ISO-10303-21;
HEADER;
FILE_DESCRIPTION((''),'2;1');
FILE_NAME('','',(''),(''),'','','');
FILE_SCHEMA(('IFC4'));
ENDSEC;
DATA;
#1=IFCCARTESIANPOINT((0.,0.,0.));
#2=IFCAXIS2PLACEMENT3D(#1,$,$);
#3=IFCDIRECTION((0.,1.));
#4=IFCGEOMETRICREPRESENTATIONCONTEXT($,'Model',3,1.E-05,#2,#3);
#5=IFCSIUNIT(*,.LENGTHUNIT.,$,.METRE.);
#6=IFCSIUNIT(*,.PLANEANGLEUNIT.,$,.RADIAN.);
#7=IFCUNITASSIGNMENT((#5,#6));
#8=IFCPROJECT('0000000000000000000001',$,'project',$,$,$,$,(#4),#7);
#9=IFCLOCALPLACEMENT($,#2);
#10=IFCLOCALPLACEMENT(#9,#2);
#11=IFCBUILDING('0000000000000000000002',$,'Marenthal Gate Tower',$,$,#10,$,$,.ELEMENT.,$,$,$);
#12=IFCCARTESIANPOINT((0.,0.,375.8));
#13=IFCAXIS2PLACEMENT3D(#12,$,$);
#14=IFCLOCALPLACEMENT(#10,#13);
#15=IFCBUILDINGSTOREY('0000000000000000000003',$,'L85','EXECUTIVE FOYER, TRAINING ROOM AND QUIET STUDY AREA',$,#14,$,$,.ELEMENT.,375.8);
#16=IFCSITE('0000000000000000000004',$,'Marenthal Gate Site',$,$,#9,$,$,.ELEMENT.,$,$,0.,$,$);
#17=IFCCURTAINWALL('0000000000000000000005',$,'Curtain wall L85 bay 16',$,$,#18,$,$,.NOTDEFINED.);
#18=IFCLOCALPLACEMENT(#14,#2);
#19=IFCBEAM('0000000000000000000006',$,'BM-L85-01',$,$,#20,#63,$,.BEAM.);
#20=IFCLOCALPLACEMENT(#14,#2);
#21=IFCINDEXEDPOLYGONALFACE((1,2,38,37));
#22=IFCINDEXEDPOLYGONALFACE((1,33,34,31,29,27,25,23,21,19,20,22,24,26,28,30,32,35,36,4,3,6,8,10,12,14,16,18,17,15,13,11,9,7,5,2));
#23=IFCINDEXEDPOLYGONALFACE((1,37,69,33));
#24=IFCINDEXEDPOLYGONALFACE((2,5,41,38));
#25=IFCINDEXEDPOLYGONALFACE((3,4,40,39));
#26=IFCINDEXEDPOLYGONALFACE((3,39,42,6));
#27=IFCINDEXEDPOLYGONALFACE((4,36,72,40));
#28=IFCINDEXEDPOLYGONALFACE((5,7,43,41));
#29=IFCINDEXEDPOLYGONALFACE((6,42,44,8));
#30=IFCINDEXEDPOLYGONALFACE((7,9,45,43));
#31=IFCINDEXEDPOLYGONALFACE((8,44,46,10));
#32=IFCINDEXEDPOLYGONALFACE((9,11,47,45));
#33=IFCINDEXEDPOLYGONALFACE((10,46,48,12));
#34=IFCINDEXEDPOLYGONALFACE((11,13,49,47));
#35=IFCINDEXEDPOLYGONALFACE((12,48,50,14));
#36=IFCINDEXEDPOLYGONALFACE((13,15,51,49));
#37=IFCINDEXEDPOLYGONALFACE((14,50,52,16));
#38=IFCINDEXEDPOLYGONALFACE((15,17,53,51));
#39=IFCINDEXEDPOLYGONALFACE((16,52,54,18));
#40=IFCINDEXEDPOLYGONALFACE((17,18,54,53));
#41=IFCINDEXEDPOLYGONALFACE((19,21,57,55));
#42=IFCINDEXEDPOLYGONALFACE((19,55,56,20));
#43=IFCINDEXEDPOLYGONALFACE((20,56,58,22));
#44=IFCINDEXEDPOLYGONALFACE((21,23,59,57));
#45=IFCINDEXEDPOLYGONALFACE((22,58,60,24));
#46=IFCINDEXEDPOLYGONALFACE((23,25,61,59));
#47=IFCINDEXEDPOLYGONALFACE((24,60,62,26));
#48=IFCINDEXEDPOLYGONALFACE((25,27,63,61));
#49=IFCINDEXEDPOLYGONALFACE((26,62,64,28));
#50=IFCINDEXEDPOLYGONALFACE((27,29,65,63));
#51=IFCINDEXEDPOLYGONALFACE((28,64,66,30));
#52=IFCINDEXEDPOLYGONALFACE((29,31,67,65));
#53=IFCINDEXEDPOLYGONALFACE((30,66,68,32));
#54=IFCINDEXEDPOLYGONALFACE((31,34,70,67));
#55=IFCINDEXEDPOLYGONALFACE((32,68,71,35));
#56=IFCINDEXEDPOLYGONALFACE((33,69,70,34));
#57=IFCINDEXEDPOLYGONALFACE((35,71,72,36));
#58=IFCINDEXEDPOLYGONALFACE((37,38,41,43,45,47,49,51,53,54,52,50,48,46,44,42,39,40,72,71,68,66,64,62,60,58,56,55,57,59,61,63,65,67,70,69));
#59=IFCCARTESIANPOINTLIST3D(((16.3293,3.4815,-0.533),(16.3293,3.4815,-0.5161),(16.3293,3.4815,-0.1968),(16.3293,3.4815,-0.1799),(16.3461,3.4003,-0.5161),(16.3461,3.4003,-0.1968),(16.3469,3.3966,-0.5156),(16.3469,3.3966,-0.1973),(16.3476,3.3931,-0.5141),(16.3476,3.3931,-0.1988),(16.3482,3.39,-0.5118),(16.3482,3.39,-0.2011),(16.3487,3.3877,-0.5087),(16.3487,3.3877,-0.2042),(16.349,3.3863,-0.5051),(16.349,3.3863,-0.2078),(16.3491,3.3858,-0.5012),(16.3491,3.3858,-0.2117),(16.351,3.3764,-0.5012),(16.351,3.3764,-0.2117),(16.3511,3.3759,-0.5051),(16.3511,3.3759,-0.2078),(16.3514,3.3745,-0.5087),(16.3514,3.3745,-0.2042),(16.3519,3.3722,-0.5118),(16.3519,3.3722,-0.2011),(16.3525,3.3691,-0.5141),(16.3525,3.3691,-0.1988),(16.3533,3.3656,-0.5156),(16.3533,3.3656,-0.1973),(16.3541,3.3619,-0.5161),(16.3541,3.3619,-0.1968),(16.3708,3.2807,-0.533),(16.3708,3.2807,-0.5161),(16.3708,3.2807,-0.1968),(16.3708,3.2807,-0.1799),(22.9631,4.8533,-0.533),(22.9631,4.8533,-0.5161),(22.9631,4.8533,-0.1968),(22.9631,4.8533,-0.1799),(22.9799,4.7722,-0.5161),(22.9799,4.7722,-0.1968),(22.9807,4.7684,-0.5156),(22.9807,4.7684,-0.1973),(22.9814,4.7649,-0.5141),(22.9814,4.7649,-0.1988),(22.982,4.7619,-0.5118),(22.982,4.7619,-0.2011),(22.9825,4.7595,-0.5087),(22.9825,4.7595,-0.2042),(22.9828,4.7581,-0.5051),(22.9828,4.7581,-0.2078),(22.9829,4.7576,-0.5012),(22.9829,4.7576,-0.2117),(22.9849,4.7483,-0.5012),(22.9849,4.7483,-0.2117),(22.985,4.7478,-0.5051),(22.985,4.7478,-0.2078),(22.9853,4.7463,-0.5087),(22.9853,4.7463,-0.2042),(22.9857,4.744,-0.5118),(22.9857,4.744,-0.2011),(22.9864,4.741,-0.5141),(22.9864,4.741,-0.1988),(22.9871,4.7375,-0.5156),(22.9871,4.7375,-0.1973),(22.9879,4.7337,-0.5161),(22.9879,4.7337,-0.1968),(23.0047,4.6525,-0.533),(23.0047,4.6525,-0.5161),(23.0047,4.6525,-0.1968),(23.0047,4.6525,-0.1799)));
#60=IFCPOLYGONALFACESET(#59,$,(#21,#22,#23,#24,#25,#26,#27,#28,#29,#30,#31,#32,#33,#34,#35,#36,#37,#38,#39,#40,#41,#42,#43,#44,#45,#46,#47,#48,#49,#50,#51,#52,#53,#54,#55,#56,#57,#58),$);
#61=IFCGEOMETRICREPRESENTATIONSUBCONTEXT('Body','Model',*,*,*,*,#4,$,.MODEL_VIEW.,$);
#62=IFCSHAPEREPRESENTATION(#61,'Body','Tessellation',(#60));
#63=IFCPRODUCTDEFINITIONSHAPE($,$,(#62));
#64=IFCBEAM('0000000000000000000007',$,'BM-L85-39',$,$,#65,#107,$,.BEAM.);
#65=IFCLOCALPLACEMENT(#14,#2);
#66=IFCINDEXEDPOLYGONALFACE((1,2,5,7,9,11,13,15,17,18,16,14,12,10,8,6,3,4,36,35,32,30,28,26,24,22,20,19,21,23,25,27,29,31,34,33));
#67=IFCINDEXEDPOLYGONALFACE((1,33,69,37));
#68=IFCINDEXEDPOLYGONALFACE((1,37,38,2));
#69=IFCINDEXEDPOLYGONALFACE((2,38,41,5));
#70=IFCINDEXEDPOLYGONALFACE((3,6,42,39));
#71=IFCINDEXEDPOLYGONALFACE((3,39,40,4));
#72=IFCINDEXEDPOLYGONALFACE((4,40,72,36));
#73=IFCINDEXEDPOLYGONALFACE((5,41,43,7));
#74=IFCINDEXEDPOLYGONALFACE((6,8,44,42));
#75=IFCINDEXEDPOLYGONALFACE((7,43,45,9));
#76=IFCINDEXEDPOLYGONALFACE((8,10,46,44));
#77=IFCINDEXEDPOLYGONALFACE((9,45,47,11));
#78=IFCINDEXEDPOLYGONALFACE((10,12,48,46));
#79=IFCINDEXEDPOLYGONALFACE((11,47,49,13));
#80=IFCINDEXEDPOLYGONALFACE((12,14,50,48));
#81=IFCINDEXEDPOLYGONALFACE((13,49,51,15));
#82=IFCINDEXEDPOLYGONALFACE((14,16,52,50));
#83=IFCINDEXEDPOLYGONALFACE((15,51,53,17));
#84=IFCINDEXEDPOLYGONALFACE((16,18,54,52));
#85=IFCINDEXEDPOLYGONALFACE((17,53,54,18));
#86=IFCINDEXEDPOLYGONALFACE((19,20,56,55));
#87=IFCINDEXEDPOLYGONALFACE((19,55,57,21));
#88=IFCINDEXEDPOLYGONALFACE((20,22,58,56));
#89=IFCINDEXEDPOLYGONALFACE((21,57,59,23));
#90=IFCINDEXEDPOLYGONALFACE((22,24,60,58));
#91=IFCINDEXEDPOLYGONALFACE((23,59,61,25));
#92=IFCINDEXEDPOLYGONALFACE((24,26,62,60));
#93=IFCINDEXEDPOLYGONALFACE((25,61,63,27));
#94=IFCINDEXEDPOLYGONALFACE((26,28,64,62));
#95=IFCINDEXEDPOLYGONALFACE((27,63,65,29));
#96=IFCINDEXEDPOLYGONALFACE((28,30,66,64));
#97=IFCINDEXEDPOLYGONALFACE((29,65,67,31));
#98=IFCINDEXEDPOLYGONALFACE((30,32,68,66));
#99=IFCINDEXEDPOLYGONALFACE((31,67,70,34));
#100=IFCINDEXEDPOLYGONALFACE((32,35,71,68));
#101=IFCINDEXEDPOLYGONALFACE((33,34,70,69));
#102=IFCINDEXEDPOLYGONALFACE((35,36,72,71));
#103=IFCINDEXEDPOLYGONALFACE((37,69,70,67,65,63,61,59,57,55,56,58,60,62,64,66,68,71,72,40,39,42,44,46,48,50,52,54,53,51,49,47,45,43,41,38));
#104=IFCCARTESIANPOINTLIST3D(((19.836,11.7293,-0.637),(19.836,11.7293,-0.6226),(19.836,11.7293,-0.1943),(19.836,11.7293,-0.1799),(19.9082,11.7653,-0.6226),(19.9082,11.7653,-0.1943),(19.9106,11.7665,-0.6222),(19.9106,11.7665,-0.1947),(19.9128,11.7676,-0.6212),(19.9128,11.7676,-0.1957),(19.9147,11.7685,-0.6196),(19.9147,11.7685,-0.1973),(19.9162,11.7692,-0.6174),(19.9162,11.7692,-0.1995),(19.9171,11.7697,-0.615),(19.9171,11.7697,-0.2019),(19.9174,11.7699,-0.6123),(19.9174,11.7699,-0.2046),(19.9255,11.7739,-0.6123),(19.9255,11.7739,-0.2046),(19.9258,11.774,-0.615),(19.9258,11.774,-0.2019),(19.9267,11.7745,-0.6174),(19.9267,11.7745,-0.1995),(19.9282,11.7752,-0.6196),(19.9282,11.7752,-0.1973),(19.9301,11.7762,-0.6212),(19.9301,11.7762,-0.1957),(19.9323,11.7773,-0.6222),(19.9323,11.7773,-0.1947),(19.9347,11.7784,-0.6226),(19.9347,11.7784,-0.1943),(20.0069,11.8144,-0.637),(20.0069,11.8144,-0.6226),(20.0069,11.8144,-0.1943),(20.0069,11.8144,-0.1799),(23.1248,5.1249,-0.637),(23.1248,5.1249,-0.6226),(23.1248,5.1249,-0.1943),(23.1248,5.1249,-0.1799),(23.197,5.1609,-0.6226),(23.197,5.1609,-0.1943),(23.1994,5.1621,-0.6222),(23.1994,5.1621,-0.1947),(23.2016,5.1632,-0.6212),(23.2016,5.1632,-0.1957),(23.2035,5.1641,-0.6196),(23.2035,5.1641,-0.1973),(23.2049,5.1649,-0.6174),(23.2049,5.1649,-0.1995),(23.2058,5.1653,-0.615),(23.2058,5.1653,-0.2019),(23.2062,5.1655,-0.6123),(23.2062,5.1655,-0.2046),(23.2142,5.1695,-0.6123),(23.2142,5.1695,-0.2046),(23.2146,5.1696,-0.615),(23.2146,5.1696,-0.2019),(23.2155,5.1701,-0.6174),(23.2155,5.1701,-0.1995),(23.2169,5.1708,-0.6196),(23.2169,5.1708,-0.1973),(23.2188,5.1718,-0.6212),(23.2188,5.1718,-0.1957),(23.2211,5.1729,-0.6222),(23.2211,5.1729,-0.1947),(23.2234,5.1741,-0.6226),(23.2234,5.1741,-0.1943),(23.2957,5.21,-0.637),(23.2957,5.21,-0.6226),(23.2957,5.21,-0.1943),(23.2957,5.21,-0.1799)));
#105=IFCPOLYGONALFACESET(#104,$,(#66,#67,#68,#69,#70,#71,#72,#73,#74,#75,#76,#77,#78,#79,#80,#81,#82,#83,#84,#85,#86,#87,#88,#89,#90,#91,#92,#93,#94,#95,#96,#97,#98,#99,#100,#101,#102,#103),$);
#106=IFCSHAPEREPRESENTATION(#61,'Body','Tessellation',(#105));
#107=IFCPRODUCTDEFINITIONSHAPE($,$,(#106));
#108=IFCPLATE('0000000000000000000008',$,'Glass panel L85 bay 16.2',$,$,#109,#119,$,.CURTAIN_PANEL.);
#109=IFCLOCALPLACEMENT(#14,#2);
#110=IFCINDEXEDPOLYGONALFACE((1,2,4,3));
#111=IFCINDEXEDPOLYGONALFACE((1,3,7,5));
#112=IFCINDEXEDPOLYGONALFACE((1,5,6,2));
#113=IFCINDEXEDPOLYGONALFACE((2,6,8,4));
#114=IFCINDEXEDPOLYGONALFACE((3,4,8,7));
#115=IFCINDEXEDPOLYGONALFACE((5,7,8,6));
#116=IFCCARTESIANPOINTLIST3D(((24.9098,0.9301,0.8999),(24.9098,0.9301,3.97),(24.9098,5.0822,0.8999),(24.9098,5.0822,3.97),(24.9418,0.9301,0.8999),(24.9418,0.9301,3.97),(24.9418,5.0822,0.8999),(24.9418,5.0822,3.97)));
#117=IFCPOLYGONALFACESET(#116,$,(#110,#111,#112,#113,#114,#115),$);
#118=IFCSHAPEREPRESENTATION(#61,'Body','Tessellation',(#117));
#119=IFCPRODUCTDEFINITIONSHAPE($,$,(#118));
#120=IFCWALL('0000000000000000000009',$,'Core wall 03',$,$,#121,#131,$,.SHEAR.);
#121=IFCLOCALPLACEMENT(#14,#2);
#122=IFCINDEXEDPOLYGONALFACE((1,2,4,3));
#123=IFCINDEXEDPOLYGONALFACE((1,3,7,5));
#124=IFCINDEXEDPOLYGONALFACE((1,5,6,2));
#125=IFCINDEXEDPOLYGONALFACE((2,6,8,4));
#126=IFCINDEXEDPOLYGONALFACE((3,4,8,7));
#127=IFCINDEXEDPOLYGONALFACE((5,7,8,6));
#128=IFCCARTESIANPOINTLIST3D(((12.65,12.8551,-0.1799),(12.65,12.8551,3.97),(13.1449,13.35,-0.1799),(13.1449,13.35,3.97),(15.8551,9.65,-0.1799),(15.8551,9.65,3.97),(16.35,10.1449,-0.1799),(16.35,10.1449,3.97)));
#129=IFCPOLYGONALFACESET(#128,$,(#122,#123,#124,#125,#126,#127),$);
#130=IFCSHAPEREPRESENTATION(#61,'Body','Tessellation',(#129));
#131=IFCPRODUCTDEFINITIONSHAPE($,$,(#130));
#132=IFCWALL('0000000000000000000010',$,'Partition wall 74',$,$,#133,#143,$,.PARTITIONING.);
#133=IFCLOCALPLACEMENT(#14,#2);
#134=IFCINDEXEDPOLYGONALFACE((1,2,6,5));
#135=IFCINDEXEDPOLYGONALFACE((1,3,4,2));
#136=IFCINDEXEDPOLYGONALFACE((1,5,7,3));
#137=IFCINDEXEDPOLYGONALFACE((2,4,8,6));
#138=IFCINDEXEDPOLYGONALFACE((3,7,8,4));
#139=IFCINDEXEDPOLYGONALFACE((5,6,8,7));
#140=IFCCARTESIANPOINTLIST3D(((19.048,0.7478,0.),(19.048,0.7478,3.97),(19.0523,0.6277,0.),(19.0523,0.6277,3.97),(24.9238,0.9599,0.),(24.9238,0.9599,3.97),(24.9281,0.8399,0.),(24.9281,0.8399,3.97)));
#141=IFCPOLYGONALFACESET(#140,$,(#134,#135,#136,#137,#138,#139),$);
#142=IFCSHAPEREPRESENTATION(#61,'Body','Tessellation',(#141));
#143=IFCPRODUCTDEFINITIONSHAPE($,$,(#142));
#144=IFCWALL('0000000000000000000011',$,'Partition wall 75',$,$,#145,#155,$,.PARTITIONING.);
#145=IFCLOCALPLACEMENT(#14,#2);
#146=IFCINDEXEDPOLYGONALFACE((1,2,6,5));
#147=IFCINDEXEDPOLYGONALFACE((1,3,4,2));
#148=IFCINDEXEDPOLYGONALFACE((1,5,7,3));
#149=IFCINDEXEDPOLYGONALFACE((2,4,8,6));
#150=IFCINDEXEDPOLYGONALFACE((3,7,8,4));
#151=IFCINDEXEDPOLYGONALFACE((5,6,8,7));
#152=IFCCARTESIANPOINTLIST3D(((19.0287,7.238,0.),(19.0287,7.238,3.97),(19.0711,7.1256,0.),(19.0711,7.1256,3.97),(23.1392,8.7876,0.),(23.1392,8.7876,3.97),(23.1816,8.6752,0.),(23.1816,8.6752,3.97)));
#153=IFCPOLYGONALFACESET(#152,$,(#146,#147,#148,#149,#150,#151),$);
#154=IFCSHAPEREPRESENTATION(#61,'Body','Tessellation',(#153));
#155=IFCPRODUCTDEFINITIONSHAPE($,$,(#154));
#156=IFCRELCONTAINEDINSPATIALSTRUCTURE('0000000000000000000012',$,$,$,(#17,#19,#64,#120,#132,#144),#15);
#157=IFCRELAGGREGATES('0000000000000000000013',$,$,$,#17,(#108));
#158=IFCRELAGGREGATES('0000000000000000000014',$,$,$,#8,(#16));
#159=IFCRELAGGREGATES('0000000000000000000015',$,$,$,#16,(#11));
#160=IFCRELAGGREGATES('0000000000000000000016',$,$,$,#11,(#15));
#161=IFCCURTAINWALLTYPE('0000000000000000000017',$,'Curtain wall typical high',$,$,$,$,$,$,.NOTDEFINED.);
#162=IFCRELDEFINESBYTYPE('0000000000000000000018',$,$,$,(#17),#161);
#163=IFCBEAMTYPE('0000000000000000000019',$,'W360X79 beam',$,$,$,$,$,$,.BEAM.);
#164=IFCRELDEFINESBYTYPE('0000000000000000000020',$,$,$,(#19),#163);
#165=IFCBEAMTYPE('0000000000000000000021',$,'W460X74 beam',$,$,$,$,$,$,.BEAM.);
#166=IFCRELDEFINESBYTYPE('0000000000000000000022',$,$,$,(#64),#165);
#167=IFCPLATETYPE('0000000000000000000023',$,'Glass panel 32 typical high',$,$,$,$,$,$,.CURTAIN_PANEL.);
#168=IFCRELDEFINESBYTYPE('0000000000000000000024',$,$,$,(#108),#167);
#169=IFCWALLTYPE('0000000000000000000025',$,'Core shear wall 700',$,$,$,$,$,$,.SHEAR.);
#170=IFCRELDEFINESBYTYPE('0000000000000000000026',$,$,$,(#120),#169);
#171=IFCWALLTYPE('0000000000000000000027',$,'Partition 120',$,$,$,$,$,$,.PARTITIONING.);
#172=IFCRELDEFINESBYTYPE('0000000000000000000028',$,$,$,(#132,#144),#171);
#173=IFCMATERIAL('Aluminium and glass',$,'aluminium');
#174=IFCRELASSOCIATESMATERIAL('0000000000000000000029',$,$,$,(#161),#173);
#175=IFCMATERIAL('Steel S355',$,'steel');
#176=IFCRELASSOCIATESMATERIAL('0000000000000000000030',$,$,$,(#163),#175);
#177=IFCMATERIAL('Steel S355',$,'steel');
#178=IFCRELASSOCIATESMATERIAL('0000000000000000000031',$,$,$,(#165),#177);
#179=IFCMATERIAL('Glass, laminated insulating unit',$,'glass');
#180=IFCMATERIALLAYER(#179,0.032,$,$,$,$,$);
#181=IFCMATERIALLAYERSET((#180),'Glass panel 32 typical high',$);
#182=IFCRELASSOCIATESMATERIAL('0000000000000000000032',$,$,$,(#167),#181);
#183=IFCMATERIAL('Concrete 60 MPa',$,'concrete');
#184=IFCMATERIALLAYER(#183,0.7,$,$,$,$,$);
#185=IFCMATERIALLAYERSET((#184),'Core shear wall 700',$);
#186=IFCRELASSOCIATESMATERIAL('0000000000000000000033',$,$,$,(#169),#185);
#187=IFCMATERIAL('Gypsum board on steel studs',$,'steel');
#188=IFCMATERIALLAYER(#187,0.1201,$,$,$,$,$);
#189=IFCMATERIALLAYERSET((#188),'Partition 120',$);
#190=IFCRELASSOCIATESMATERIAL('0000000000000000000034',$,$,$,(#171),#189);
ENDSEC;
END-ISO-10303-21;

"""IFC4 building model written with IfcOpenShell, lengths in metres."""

from ifc_helpers import new_model, si_unit, direction, frame, frame_2d, origin, origin_2d, place, context, subcontext, project, spatial, rectangle, i_section, extrude, material, layer, layer_set, material_profile, profile_set, type_object, element, aggregate, save


model = new_model("IFC4")

# Units and contexts
model_context = context("Model", 3, precision=1e-05, world=origin(), true_north=direction((0.0, 1.0)))
body_context = subcontext(model_context, "Body", "Model", "MODEL_VIEW")
ifc_project = project(units=[si_unit("LENGTHUNIT", "METRE"), si_unit("PLANEANGLEUNIT", "RADIAN")], contexts=[model_context])

# Site, building, storey
site_placement = place(None, origin())
site = spatial("IfcSite", under=ifc_project, at=site_placement, Name="Marenthal Gate Site", CompositionType="ELEMENT", RefElevation=0.0)
building_placement = place(site_placement, origin())
building = spatial("IfcBuilding", under=site, at=building_placement, Name="Marenthal Gate Tower", CompositionType="ELEMENT")
storey_placement = place(building_placement, frame((0.0, 0.0, 375.8)))
storey = spatial("IfcBuildingStorey", under=building, at=storey_placement, Name="L85", Description="EXECUTIVE FOYER, TRAINING ROOM AND QUIET STUDY AREA", CompositionType="ELEMENT", Elevation=375.8)

# Curtain wall
ifc_material_1 = material(Name="Aluminium and glass", Category="aluminium")
curtain_wall_type = type_object("IfcCurtainWallType", Name="Curtain wall typical high", PredefinedType="NOTDEFINED", material=ifc_material_1)
curtain_wall_placement = place(storey_placement, origin())
curtain_wall = element("IfcCurtainWall", 1, at=curtain_wall_placement, inside=storey, type_object=curtain_wall_type, Name="Curtain wall L85 bay 16", PredefinedType="NOTDEFINED")

# Beams
ifc_material_2 = material(Name="Steel S355", Category="steel")
ifc_material_profile_1 = material_profile(ifc_material_2, i_section(OverallWidth=0.2051, OverallDepth=0.353, WebThickness=0.0095, FlangeThickness=0.0168, FilletRadius=0.0149, at=origin_2d()), Name="W360X79")
ifc_profile_set_1 = profile_set([ifc_material_profile_1], Name="Steel S355")
beam_type_1 = type_object("IfcBeamType", Name="W360X79 beam", PredefinedType="BEAM", material=ifc_profile_set_1)
beam_1_placement = place(storey_placement, frame((22.9839, 4.7529, -0.3564), z_axis=(-0.97928, -0.202509, 0.0), x_axis=(0.202509, -0.97928, 0.0)))
element("IfcBeam", 2, at=beam_1_placement, inside=storey, type_object=beam_type_1, Name="BM-L85-01", PredefinedType="BEAM", context=body_context, shape_type="SweptSolid", body=[
    extrude(i_section(OverallWidth=0.2051, OverallDepth=0.353, WebThickness=0.0095, FlangeThickness=0.0168, FilletRadius=0.0149, at=origin_2d()), origin(), (0.0, 0.0, 1.0), 6.7742),
])
ifc_material_3 = material(Name="Steel S355", Category="steel")
ifc_material_profile_2 = material_profile(ifc_material_3, i_section(OverallWidth=0.1909, OverallDepth=0.457, WebThickness=0.009, FlangeThickness=0.0144, FilletRadius=0.0103, at=origin_2d()), Name="W460X74")
ifc_profile_set_2 = profile_set([ifc_material_profile_2], Name="Steel S355")
beam_type_2 = type_object("IfcBeamType", Name="W460X74 beam", PredefinedType="BEAM", material=ifc_profile_set_2)
beam_2_placement = place(storey_placement, frame((23.2102, 5.1675, -0.4084), z_axis=(-0.445757, 0.895154, 0.0), x_axis=(-0.895154, -0.445757, 0.0)))
element("IfcBeam", 3, at=beam_2_placement, inside=storey, type_object=beam_type_2, Name="BM-L85-39", PredefinedType="BEAM", context=body_context, shape_type="SweptSolid", body=[
    extrude(i_section(OverallWidth=0.1909, OverallDepth=0.457, WebThickness=0.009, FlangeThickness=0.0144, FilletRadius=0.0103, at=origin_2d()), origin(), (0.0, 0.0, 1.0), 7.3779),
])

# Plate
ifc_material_4 = material(Name="Glass, laminated insulating unit", Category="glass")
ifc_layer_1 = layer(ifc_material_4, 0.032)
ifc_layer_set_1 = layer_set([ifc_layer_1], Name="Glass panel 32 typical high")
plate_type = type_object("IfcPlateType", Name="Glass panel 32 typical high", PredefinedType="CURTAIN_PANEL", material=ifc_layer_set_1)
plate_placement = place(storey_placement, frame((24.9258, 3.0061, 0.8999), z_axis=(0.0, 0.0, 1.0), x_axis=(0.0, 1.0, 0.0)))
plate = element("IfcPlate", 4, at=plate_placement, type_object=plate_type, Name="Glass panel L85 bay 16.2", PredefinedType="CURTAIN_PANEL", context=body_context, shape_type="SweptSolid", body=[
    extrude(rectangle(XDim=4.1521, YDim=0.032, at=origin_2d()), origin(), (0.0, 0.0, 1.0), 3.0701),
])
aggregate(curtain_wall, [plate])

# Walls
ifc_material_5 = material(Name="Concrete 60 MPa", Category="concrete")
ifc_layer_2 = layer(ifc_material_5, 0.7)
ifc_layer_set_2 = layer_set([ifc_layer_2], Name="Core shear wall 700")
wall_type_1 = type_object("IfcWallType", Name="Core shear wall 700", PredefinedType="SHEAR", material=ifc_layer_set_2)
wall_1_placement = place(storey_placement, frame((16.1025, 9.8975, -0.1799), z_axis=(0.0, 0.0, 1.0), x_axis=(-0.707107, 0.707107, 0.0)))
element("IfcWall", 5, at=wall_1_placement, inside=storey, type_object=wall_type_1, Name="Core wall 03", PredefinedType="SHEAR", context=body_context, shape_type="SweptSolid", body=[
    extrude(rectangle(XDim=4.5327, YDim=0.7, at=frame_2d((2.2664, 0.0))), origin(), (0.0, 0.0, 1.0), 4.1499),
])
ifc_material_6 = material(Name="Gypsum board on steel studs", Category="steel")
ifc_layer_3 = layer(ifc_material_6, 0.1201)
ifc_layer_set_3 = layer_set([ifc_layer_3], Name="Partition 120")
wall_type_2 = type_object("IfcWallType", Name="Partition 120", PredefinedType="PARTITIONING", material=ifc_layer_set_3)
wall_2_placement = place(storey_placement, frame((19.05, 0.6877, 0.0), z_axis=(0.0, 0.0, 1.0), x_axis=(0.999349, 0.036084, 0.0)))
element("IfcWall", 6, at=wall_2_placement, inside=storey, type_object=wall_type_2, Name="Partition wall 74", PredefinedType="PARTITIONING", context=body_context, shape_type="SweptSolid", body=[
    extrude(rectangle(XDim=5.8796, YDim=0.1201, at=frame_2d((2.9399, 0.0))), origin(), (0.0, 0.0, 1.0), 3.97),
])
wall_3_placement = place(storey_placement, frame((19.05, 7.1819, 0.0), z_axis=(0.0, 0.0, 1.0), x_axis=(0.935716, 0.352755, 0.0)))
element("IfcWall", 7, at=wall_3_placement, inside=storey, type_object=wall_type_2, Name="Partition wall 75", PredefinedType="PARTITIONING", context=body_context, shape_type="SweptSolid", body=[
    extrude(rectangle(XDim=4.3928, YDim=0.1201, at=frame_2d((2.1963, 0.0))), origin(), (0.0, 0.0, 1.0), 3.97),
])

save(model, "model.ifc")
